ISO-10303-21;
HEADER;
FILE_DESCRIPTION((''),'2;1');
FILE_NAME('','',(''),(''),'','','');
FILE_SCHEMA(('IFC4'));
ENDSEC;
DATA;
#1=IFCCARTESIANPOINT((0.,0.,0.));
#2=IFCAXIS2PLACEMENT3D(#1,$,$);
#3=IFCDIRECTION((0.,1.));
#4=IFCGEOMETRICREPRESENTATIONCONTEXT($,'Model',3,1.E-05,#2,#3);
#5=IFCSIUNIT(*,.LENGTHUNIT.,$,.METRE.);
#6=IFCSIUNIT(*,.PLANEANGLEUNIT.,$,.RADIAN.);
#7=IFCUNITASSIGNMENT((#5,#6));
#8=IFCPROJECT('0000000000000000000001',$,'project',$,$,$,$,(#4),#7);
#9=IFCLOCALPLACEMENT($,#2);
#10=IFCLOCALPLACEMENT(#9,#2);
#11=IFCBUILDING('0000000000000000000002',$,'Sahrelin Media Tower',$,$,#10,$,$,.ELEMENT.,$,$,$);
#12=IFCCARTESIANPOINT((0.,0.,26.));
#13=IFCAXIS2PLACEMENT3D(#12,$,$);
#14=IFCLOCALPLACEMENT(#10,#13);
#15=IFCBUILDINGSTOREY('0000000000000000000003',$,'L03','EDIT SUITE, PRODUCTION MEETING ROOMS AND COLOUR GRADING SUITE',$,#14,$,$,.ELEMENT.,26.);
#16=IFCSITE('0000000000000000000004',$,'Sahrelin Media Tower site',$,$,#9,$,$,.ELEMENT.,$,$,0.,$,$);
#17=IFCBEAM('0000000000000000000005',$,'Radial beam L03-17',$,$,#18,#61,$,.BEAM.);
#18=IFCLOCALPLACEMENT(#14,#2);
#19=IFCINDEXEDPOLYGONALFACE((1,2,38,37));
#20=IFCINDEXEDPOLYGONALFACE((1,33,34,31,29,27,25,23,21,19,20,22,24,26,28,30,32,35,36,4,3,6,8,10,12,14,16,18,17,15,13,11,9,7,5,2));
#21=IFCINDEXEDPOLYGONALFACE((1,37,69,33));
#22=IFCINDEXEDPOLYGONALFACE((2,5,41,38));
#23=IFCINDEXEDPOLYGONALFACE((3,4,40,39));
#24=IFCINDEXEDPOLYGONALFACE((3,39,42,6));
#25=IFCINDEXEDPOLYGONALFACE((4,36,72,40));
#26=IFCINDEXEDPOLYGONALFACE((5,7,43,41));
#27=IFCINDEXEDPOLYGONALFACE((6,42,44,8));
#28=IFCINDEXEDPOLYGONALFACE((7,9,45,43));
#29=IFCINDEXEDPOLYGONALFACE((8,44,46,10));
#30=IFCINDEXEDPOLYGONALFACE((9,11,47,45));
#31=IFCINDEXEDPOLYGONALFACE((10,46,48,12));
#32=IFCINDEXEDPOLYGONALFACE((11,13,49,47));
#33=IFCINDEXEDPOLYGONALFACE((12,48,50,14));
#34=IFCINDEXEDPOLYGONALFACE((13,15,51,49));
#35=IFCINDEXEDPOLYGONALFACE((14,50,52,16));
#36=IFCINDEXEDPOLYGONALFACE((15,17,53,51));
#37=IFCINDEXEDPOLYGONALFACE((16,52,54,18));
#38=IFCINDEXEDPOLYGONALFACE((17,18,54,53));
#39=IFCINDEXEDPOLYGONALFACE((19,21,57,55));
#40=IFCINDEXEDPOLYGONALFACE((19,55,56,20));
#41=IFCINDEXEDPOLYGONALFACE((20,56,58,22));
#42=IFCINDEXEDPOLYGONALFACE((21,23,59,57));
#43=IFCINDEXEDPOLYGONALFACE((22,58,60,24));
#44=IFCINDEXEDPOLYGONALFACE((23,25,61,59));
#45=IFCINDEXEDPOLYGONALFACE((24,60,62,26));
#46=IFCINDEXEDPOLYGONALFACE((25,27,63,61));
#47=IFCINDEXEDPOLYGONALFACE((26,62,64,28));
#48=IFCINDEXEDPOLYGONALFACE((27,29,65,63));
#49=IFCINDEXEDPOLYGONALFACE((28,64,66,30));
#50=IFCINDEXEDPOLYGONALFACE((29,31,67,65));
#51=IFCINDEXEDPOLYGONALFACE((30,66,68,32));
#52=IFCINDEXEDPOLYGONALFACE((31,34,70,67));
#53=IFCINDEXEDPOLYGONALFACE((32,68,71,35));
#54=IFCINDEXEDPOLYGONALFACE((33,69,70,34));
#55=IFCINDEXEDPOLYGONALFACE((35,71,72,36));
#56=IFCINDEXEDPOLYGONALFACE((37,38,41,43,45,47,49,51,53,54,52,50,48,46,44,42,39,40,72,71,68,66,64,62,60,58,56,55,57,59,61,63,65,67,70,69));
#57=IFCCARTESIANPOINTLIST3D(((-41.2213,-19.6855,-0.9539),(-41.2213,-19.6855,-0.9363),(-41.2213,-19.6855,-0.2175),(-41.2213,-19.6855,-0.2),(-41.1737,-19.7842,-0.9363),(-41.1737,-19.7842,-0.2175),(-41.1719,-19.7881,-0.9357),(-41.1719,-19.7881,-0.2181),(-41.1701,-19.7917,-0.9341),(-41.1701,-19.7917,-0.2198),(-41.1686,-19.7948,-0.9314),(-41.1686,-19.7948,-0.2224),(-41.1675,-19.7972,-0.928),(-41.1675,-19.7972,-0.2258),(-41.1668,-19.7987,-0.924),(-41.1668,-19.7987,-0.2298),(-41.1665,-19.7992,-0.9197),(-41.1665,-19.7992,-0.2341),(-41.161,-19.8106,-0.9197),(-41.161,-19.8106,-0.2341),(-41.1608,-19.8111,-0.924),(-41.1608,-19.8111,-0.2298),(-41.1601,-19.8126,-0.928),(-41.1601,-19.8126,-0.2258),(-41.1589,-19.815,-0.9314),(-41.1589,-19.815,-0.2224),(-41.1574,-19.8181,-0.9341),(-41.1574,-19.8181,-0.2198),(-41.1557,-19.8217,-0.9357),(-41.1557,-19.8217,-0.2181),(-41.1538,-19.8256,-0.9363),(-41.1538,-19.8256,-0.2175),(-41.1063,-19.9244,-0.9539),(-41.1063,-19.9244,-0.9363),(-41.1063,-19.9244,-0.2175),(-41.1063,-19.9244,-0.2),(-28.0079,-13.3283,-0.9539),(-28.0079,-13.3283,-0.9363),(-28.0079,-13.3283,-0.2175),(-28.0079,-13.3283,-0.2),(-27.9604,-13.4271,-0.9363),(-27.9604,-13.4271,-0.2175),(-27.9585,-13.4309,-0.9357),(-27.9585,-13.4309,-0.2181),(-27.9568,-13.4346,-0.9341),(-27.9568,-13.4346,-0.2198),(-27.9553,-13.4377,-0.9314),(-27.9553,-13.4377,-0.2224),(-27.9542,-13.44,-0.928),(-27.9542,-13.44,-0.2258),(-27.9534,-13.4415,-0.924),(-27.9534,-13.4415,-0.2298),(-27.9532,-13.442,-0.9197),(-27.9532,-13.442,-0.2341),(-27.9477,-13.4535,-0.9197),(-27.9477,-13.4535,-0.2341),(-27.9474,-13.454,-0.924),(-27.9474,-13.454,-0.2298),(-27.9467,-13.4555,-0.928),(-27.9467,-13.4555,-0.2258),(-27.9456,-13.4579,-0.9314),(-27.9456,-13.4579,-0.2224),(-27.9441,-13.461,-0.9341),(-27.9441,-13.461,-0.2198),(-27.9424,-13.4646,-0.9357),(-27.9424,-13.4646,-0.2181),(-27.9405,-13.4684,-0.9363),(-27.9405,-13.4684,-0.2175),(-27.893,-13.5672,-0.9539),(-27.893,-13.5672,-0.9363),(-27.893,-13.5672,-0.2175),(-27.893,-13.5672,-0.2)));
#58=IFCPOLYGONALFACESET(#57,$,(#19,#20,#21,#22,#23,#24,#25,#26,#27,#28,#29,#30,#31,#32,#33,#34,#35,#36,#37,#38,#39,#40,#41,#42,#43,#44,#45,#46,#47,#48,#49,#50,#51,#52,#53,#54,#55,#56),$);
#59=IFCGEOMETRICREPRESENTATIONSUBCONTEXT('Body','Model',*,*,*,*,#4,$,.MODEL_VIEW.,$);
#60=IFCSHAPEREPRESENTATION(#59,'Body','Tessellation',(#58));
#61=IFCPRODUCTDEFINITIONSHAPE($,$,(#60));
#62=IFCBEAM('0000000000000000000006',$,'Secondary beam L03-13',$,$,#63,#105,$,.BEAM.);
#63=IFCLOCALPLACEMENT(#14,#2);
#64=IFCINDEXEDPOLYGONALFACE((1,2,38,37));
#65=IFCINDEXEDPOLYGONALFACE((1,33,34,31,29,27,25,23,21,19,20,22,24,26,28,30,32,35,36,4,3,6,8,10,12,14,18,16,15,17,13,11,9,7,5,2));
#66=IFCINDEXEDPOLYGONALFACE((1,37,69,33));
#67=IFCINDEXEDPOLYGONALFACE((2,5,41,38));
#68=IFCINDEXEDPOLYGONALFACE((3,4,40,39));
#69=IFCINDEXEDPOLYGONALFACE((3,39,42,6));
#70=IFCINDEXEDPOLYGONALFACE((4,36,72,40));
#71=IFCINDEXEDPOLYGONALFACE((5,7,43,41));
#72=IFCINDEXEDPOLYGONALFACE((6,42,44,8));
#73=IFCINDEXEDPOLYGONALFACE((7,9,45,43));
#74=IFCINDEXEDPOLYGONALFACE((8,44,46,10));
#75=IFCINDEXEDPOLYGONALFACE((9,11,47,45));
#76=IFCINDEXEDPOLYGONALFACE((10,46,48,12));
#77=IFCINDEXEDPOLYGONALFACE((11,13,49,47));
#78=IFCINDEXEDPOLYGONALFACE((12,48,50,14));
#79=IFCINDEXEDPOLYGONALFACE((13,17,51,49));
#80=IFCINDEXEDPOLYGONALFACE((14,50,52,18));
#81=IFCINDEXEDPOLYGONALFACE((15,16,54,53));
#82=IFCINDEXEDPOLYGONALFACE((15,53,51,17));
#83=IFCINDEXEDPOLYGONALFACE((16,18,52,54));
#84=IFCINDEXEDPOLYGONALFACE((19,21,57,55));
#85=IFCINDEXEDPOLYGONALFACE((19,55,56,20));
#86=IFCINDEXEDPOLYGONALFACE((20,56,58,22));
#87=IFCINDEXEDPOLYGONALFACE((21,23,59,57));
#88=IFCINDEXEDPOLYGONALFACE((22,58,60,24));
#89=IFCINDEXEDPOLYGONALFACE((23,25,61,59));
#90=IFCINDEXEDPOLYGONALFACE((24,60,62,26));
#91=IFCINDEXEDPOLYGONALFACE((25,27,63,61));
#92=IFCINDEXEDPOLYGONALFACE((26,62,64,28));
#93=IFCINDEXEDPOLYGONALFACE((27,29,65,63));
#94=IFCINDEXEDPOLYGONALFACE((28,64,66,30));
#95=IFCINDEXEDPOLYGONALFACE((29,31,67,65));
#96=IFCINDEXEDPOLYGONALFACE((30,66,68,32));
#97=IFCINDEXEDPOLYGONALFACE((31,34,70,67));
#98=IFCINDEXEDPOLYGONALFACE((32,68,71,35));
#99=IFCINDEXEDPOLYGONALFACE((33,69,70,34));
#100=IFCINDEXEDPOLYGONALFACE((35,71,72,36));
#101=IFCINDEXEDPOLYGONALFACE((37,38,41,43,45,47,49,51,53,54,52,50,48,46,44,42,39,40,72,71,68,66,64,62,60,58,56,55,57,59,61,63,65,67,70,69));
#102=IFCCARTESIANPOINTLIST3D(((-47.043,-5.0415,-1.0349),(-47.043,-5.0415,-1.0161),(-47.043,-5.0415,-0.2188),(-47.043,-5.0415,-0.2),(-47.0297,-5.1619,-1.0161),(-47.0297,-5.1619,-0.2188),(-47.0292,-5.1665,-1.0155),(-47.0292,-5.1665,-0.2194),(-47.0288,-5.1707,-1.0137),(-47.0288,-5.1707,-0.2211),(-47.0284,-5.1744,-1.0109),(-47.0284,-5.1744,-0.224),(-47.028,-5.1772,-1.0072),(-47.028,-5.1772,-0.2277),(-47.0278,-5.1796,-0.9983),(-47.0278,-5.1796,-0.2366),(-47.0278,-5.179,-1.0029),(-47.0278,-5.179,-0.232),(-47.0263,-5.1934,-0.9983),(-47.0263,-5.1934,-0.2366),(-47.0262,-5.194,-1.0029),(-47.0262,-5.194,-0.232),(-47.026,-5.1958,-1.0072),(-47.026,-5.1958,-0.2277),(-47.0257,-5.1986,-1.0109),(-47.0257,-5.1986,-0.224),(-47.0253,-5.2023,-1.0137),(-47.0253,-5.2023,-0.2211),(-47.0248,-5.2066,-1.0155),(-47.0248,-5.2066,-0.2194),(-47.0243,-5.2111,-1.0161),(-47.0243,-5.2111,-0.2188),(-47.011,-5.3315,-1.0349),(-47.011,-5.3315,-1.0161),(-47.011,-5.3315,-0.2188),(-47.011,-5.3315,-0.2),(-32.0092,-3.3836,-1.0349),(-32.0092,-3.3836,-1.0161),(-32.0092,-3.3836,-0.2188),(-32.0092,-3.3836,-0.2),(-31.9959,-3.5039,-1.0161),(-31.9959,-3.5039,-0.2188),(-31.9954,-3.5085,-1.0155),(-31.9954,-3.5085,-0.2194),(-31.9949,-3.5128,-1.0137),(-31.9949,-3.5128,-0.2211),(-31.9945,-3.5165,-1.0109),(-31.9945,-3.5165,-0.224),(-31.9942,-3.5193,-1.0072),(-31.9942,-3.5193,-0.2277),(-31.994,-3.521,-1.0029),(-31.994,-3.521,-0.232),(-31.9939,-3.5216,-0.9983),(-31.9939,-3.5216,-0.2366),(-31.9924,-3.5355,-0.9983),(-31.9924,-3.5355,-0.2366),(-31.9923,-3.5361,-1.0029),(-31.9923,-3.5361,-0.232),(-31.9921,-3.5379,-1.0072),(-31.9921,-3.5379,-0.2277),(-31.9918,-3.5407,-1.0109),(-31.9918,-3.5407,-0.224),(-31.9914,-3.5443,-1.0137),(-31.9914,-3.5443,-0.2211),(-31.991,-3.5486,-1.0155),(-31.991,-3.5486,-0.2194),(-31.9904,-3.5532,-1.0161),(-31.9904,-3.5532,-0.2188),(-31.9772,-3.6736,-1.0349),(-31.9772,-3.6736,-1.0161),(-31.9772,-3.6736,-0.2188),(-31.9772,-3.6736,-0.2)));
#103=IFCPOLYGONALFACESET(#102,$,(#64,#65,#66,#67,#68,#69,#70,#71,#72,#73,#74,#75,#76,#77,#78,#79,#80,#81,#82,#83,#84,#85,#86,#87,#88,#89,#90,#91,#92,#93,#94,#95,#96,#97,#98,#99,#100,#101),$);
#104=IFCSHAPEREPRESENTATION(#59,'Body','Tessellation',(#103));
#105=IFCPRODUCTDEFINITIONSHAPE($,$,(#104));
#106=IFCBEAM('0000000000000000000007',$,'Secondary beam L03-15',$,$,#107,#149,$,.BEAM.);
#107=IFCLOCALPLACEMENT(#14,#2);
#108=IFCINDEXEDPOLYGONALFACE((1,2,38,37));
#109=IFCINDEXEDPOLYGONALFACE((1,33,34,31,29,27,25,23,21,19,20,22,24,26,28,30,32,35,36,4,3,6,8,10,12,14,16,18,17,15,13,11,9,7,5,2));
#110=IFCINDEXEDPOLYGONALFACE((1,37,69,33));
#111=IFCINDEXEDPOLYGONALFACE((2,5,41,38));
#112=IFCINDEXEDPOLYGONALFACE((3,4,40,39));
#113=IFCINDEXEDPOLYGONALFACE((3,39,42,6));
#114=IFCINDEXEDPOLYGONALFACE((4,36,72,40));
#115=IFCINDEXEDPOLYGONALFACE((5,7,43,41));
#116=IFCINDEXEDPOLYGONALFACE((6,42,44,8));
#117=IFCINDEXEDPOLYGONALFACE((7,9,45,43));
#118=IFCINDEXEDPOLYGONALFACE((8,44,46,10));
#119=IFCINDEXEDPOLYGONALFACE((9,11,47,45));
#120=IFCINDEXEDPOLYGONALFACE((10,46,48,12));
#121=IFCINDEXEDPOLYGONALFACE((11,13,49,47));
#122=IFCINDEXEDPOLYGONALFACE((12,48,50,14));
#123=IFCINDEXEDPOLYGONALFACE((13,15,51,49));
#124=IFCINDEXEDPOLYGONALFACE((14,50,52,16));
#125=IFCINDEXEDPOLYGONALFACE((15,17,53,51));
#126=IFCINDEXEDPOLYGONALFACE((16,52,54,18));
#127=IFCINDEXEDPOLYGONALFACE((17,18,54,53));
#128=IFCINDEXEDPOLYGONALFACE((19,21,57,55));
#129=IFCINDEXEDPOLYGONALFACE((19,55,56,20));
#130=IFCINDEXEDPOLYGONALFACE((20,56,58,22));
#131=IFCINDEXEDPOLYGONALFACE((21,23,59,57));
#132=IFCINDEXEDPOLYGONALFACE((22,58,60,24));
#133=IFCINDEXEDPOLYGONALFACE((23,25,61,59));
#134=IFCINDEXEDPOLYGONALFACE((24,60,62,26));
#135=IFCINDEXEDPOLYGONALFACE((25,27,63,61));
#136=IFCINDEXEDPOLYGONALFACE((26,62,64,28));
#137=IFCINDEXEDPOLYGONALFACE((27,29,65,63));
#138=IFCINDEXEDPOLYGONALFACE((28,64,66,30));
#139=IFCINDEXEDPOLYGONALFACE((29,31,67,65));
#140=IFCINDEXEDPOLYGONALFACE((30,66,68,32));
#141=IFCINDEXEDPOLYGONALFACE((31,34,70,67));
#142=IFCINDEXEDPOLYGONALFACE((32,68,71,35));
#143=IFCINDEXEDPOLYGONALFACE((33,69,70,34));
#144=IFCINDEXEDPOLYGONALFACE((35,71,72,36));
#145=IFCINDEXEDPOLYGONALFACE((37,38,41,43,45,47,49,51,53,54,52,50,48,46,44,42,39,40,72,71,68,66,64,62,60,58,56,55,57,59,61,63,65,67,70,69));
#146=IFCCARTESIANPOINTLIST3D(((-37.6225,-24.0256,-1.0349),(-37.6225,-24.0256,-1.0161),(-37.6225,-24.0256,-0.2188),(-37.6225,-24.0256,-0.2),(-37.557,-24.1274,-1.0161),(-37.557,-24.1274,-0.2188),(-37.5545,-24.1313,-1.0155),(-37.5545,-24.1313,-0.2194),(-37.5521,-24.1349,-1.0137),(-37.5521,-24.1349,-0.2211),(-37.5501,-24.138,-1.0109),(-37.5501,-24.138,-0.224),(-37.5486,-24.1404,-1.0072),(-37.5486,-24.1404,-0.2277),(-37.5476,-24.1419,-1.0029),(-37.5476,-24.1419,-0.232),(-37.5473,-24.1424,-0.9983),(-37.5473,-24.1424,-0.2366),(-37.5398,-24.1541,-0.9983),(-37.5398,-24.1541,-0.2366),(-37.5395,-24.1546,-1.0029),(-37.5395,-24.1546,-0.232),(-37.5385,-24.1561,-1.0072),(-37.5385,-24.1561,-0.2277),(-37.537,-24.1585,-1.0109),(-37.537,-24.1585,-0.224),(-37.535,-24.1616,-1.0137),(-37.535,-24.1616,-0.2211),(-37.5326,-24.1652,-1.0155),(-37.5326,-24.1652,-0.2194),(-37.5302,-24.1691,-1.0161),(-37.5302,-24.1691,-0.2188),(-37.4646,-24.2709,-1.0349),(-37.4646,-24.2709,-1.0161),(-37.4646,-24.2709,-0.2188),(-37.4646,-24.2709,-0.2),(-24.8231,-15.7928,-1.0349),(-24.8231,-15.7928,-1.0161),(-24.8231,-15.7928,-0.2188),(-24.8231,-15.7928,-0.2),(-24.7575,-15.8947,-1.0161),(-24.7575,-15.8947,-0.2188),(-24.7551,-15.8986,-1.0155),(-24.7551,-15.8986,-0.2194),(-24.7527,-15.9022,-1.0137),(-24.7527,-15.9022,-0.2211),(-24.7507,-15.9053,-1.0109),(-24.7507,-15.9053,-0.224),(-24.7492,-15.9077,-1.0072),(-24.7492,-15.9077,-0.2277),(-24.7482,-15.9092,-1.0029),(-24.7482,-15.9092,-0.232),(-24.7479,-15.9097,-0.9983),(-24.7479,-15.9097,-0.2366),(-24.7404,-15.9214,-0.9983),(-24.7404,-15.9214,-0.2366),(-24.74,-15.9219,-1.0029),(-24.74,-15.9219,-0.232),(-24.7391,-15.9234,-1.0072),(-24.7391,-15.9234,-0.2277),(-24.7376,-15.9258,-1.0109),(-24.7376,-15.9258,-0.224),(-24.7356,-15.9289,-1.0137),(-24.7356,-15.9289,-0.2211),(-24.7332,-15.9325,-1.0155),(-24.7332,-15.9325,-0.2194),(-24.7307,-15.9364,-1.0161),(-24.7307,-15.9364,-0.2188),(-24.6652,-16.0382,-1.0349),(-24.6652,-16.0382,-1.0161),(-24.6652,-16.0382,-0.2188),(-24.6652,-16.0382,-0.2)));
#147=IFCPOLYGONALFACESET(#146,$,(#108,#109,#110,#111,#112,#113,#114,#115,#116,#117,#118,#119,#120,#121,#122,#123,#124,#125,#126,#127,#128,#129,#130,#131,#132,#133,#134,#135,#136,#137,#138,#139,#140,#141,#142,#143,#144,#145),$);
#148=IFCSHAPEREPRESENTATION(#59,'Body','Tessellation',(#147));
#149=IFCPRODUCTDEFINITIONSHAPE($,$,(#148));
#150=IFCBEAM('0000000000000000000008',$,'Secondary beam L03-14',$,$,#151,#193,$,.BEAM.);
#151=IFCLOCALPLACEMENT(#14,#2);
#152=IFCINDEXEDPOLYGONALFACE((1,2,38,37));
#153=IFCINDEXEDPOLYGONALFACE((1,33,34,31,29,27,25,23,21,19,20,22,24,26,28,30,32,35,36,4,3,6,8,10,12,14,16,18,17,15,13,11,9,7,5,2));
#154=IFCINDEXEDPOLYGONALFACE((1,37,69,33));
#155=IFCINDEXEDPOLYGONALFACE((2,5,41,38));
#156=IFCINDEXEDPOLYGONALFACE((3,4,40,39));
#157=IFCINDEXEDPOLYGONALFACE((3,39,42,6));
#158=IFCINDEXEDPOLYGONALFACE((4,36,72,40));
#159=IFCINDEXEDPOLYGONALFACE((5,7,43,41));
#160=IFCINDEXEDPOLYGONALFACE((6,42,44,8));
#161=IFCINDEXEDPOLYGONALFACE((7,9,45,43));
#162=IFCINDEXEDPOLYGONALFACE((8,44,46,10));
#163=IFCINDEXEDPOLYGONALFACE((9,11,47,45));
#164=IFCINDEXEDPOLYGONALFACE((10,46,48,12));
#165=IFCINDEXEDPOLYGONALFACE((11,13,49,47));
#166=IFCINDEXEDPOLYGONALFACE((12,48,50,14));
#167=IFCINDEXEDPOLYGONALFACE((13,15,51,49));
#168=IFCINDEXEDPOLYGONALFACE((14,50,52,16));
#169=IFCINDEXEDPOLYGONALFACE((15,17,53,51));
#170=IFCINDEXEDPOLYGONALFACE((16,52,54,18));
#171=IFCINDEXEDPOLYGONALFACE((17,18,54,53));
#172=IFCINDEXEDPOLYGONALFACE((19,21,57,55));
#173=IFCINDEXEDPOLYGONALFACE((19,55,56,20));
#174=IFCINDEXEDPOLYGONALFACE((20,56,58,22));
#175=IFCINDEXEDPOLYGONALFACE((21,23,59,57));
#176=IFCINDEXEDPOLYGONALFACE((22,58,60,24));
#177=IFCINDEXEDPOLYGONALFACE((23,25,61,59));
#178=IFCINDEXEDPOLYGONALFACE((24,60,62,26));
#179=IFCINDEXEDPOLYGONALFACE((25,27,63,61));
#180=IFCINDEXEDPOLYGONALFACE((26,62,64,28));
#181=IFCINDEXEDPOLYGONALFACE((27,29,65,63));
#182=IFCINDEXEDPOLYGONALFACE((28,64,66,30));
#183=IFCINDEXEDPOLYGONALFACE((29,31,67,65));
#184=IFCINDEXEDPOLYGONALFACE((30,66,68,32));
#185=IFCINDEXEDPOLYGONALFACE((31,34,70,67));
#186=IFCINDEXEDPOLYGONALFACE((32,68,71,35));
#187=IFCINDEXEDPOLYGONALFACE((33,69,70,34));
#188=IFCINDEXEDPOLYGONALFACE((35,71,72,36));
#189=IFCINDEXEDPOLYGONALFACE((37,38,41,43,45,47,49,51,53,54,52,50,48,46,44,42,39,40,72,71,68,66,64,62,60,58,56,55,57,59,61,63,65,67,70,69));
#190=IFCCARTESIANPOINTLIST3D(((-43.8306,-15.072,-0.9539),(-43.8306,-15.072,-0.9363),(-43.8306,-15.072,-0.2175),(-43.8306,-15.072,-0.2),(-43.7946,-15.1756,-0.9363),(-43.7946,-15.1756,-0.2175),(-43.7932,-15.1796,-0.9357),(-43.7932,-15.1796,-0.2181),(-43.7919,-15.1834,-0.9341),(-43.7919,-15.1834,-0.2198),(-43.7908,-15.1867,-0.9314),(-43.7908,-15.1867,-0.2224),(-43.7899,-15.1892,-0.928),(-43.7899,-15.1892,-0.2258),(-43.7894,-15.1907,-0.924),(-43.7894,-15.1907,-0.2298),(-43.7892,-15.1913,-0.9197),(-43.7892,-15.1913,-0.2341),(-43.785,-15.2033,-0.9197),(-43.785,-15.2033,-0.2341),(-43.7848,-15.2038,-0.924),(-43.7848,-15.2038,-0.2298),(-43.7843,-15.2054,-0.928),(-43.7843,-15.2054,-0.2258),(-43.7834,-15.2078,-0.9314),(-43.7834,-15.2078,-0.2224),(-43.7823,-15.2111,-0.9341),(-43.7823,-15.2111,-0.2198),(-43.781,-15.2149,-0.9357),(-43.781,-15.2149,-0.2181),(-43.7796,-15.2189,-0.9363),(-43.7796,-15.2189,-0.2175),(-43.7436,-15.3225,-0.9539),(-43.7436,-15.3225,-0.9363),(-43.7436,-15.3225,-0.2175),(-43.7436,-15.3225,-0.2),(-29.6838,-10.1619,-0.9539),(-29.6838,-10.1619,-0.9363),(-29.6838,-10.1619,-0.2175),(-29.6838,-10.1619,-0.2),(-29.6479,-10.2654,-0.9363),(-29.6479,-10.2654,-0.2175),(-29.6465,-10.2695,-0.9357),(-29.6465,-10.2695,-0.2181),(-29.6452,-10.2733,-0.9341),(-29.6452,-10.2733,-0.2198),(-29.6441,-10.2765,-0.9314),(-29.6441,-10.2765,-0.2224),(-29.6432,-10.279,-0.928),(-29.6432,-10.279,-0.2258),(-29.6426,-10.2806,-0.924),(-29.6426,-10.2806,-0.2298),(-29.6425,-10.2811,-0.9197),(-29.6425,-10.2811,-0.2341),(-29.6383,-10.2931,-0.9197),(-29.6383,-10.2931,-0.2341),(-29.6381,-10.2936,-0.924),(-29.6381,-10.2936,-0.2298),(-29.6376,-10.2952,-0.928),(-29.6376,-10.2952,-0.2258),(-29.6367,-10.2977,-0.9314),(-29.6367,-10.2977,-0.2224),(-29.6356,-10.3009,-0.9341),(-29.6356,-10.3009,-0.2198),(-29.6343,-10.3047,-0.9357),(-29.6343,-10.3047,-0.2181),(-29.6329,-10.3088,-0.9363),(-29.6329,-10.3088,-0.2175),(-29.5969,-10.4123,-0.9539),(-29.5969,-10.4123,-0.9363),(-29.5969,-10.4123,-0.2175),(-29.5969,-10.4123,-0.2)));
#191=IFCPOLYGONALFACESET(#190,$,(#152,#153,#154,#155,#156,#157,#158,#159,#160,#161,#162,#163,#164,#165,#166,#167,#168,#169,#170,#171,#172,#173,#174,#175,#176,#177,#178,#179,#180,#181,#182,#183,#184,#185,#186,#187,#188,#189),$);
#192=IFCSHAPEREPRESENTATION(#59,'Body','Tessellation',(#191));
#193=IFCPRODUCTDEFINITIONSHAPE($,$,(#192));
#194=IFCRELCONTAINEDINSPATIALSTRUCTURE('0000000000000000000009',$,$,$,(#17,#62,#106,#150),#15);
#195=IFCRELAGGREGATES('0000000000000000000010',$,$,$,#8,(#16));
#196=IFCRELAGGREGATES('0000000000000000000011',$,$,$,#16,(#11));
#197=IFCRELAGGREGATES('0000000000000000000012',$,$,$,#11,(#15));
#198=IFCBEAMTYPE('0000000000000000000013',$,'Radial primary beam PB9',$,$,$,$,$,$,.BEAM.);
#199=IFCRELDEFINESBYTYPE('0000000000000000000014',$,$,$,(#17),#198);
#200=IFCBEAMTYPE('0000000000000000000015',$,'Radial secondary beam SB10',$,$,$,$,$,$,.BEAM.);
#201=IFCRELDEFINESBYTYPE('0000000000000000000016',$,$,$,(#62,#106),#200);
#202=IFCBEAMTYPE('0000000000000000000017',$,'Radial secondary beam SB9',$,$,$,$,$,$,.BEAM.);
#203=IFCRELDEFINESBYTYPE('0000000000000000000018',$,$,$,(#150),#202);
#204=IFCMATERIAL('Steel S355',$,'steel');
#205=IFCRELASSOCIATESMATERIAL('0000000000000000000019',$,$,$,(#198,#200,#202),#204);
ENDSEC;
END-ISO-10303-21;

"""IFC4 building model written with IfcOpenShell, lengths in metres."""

from ifc_helpers import new_model, si_unit, direction, frame, origin, origin_2d, place, context, subcontext, project, spatial, i_section, extrude, material, material_profile, profile_set, type_object, element, save


model = new_model("IFC4")

# Units and contexts
model_context = context("Model", 3, precision=1e-05, world=origin(), true_north=direction((0.0, 1.0)))
body_context = subcontext(model_context, "Body", "Model", "MODEL_VIEW")
ifc_project = project(units=[si_unit("LENGTHUNIT", "METRE"), si_unit("PLANEANGLEUNIT", "RADIAN")], contexts=[model_context])

# Site, building, storey
site_placement = place(None, origin())
site = spatial("IfcSite", under=ifc_project, at=site_placement, Name="Sahrelin Media Tower site", CompositionType="ELEMENT", RefElevation=0.0)
building_placement = place(site_placement, origin())
building = spatial("IfcBuilding", under=site, at=building_placement, Name="Sahrelin Media Tower", CompositionType="ELEMENT")
storey_placement = place(building_placement, frame((0.0, 0.0, 26.0)))
storey = spatial("IfcBuildingStorey", under=building, at=storey_placement, Name="L03", Description="EDIT SUITE, PRODUCTION MEETING ROOMS AND COLOUR GRADING SUITE", CompositionType="ELEMENT", Elevation=26.0)

# Beams
ifc_material_1 = material(Name="Steel S355", Category="steel")
ifc_material_profile_1 = material_profile(ifc_material_1, i_section(OverallWidth=0.2651, OverallDepth=0.7539, WebThickness=0.0127, FlangeThickness=0.0176, FilletRadius=0.0166, at=origin_2d()), Name="UB 762x267x147")
ifc_profile_set_1 = profile_set([ifc_material_profile_1], Name="Steel S355")
beam_type_1 = type_object("IfcBeamType", Name="Radial primary beam PB9", PredefinedType="BEAM", material=ifc_profile_set_1)
beam_1_placement = place(storey_placement, frame((-27.9504, -13.4478, -0.5769), z_axis=(-0.90113, -0.433549, 0.0), x_axis=(0.433549, -0.90113, 0.0)))
element("IfcBeam", 1, at=beam_1_placement, inside=storey, type_object=beam_type_1, Name="Radial beam L03-17", PredefinedType="BEAM", context=body_context, shape_type="SweptSolid", body=[
    extrude(i_section(OverallWidth=0.2651, OverallDepth=0.7539, WebThickness=0.0127, FlangeThickness=0.0176, FilletRadius=0.0166, at=origin_2d()), origin(), (0.0, 0.0, 1.0), 14.6631),
])
ifc_material_profile_2 = material_profile(ifc_material_1, i_section(OverallWidth=0.2917, OverallDepth=0.835, WebThickness=0.0139, FlangeThickness=0.0188, FilletRadius=0.0178, at=origin_2d()), Name="UB 838x292x176")
ifc_profile_set_2 = profile_set([ifc_material_profile_2], Name="Steel S355")
beam_type_2 = type_object("IfcBeamType", Name="Radial secondary beam SB10", PredefinedType="BEAM", material=ifc_profile_set_2)
beam_2_placement = place(storey_placement, frame((-31.9932, -3.5286, -0.6174), z_axis=(-0.993974, -0.109617, 0.0), x_axis=(0.109617, -0.993974, 0.0)))
element("IfcBeam", 2, at=beam_2_placement, inside=storey, type_object=beam_type_2, Name="Secondary beam L03-13", PredefinedType="BEAM", context=body_context, shape_type="SweptSolid", body=[
    extrude(i_section(OverallWidth=0.2917, OverallDepth=0.835, WebThickness=0.0139, FlangeThickness=0.0188, FilletRadius=0.0178, at=origin_2d()), origin(), (0.0, 0.0, 1.0), 15.125),
])
beam_3_placement = place(storey_placement, frame((-24.7441, -15.9155, -0.6174), z_axis=(-0.841043, -0.540968, 0.0), x_axis=(0.540968, -0.841043, 0.0)))
element("IfcBeam", 3, at=beam_3_placement, inside=storey, type_object=beam_type_2, Name="Secondary beam L03-15", PredefinedType="BEAM", context=body_context, shape_type="SweptSolid", body=[
    extrude(i_section(OverallWidth=0.2917, OverallDepth=0.835, WebThickness=0.0139, FlangeThickness=0.0188, FilletRadius=0.0178, at=origin_2d()), origin(), (0.0, 0.0, 1.0), 15.2185),
])
ifc_material_profile_3 = material_profile(ifc_material_1, i_section(OverallWidth=0.2651, OverallDepth=0.7539, WebThickness=0.0127, FlangeThickness=0.0176, FilletRadius=0.0166, at=origin_2d()), Name="UB 762x267x147")
ifc_profile_set_3 = profile_set([ifc_material_profile_3], Name="Steel S355")
beam_type_3 = type_object("IfcBeamType", Name="Radial secondary beam SB9", PredefinedType="BEAM", material=ifc_profile_set_3)
beam_4_placement = place(storey_placement, frame((-29.6404, -10.2871, -0.5769), z_axis=(-0.944713, -0.327898, 0.0), x_axis=(0.327898, -0.944713, 0.0)))
element("IfcBeam", 4, at=beam_4_placement, inside=storey, type_object=beam_type_3, Name="Secondary beam L03-14", PredefinedType="BEAM", context=body_context, shape_type="SweptSolid", body=[
    extrude(i_section(OverallWidth=0.2651, OverallDepth=0.7539, WebThickness=0.0127, FlangeThickness=0.0176, FilletRadius=0.0166, at=origin_2d()), origin(), (0.0, 0.0, 1.0), 14.9746),
])

save(model, "model.ifc")
